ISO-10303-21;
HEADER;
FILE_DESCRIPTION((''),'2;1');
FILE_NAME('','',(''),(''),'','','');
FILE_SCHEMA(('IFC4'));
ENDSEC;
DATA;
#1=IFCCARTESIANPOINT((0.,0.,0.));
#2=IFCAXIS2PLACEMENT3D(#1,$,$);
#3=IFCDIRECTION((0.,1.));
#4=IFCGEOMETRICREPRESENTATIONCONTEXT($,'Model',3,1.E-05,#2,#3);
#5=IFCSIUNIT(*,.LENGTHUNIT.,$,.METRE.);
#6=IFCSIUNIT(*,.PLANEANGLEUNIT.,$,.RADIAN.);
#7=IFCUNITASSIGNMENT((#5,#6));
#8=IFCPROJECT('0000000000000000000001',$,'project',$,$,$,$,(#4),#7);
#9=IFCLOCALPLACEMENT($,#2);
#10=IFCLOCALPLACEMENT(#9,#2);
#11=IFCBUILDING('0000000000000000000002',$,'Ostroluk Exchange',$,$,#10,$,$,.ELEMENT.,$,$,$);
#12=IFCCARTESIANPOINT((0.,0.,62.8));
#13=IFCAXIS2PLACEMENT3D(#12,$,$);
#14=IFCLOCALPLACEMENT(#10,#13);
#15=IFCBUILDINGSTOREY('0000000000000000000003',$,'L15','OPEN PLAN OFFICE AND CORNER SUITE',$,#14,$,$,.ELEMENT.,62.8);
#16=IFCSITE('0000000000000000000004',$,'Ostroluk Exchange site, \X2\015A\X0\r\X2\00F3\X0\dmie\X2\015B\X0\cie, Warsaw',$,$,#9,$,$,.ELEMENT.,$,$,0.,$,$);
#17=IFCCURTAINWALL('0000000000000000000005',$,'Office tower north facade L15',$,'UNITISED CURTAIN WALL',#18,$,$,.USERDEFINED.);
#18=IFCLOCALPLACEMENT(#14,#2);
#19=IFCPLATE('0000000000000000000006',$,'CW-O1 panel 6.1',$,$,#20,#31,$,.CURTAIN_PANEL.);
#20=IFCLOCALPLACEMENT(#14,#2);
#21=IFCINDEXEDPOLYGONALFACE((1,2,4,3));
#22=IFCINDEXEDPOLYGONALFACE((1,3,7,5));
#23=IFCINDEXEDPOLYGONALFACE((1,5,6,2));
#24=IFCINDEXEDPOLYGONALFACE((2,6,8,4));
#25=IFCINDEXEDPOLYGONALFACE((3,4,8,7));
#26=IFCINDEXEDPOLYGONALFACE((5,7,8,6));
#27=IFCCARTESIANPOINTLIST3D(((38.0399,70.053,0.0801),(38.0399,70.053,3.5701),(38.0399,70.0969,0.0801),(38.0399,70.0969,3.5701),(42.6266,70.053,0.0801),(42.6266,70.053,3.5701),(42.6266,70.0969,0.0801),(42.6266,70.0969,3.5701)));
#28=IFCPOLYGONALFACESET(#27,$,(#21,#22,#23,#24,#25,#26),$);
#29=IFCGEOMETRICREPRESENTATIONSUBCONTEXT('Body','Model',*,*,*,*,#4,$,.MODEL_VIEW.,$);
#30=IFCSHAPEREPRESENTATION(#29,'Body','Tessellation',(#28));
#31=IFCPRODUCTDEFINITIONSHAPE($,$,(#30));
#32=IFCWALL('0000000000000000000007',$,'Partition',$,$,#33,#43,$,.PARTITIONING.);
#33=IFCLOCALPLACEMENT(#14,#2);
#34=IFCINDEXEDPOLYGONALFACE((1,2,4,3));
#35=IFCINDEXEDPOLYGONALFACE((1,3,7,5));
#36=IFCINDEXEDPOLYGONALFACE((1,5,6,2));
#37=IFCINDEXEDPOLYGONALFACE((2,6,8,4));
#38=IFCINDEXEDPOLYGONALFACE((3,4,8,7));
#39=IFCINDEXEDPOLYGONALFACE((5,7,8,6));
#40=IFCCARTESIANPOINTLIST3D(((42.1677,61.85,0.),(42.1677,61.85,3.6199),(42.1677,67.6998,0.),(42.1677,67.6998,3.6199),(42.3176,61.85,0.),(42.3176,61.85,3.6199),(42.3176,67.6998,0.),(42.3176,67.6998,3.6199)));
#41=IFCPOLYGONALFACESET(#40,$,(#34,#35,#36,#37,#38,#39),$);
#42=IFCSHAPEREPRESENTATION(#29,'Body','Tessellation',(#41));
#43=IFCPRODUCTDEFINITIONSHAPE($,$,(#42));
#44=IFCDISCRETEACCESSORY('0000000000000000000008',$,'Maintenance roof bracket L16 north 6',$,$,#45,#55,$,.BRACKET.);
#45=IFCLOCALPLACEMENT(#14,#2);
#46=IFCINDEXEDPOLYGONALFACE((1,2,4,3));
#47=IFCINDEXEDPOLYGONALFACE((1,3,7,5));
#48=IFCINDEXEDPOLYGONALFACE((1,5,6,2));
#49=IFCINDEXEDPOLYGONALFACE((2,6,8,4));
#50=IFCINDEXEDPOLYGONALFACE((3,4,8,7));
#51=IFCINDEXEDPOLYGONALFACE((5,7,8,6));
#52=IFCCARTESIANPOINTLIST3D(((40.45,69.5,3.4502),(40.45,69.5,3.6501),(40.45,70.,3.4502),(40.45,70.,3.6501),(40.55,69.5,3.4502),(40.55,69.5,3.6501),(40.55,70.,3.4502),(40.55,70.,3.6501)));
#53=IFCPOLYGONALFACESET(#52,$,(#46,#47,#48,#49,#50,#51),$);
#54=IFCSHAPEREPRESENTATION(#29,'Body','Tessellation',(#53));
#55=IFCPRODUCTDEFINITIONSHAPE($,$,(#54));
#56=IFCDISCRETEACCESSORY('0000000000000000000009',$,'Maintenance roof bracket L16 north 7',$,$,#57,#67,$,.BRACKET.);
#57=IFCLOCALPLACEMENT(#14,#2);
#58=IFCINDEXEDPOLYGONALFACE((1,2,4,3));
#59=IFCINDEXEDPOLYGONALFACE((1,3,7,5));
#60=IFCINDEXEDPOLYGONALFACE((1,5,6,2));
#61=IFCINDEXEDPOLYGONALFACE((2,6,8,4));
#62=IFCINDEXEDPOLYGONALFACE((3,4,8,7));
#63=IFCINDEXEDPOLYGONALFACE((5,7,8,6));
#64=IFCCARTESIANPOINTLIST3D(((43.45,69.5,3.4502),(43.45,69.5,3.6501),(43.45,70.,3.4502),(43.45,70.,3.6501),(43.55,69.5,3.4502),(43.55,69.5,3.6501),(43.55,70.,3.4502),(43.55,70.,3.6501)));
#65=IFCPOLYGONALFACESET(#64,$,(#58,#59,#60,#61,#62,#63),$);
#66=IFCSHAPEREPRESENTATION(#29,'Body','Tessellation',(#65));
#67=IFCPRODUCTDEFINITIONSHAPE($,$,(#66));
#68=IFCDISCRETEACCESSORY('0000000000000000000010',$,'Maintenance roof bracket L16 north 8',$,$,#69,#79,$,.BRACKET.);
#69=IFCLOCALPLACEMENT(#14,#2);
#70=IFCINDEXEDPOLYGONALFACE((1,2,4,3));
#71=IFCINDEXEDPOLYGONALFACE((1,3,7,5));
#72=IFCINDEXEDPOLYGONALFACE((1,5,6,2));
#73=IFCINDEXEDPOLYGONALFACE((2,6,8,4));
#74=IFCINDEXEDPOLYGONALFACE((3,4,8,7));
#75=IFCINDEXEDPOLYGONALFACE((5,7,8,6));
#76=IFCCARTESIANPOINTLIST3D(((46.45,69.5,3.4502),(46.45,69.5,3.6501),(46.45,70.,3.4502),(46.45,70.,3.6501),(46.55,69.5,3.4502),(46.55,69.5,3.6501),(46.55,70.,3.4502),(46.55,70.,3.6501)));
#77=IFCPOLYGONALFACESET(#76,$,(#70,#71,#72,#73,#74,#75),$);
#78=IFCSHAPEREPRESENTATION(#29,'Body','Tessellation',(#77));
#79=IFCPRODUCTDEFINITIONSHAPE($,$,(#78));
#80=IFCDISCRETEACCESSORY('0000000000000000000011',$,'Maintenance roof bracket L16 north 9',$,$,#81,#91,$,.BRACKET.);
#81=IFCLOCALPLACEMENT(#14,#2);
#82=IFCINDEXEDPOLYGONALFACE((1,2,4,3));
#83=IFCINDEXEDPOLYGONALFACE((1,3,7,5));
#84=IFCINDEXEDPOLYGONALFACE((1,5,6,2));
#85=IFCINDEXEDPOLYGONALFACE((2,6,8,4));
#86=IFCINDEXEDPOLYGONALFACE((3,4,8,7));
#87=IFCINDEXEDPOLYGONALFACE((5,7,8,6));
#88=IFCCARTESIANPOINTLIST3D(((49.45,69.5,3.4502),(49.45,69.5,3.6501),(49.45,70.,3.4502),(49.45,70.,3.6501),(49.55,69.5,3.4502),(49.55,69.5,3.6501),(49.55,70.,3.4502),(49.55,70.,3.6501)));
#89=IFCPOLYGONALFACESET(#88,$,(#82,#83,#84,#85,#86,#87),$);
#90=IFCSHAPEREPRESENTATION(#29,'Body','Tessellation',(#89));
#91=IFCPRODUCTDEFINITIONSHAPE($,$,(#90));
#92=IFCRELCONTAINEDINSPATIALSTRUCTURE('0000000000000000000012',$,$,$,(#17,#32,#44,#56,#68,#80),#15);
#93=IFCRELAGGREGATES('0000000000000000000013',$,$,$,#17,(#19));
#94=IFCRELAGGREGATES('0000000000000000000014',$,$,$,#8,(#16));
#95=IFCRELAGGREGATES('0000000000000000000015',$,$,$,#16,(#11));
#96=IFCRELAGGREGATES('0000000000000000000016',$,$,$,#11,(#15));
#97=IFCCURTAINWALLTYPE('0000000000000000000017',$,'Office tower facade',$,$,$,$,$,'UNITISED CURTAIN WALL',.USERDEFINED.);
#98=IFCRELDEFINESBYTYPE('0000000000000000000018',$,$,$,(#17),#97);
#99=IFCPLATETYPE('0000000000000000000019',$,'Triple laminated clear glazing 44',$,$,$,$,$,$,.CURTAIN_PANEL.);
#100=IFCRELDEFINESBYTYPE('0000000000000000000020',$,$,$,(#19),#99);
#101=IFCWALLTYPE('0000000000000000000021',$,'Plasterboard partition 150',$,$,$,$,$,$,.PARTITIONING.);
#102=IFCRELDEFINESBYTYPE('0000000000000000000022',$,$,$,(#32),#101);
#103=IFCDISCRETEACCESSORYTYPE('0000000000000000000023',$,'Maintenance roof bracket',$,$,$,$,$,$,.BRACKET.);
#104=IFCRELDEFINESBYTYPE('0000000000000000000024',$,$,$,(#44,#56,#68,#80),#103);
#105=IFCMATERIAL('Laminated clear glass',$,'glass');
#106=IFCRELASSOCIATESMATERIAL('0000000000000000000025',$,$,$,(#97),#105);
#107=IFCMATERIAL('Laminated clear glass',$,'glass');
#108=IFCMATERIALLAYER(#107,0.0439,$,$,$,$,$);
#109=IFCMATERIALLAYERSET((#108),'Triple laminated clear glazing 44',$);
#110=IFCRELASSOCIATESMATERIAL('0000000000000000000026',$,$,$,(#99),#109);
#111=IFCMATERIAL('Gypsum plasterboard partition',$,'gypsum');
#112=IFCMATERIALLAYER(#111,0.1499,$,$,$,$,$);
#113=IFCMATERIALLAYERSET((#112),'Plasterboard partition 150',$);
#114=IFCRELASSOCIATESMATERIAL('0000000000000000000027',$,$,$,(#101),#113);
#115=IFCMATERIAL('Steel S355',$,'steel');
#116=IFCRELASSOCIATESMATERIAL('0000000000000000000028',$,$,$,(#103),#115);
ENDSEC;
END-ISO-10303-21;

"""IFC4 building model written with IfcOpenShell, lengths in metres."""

from ifc_helpers import new_model, si_unit, direction, frame, frame_2d, origin, origin_2d, place, context, subcontext, project, spatial, rectangle, extrude, material, layer, layer_set, type_object, element, aggregate, save


model = new_model("IFC4")

# Units and contexts
model_context = context("Model", 3, precision=1e-05, world=origin(), true_north=direction((0.0, 1.0)))
body_context = subcontext(model_context, "Body", "Model", "MODEL_VIEW")
ifc_project = project(units=[si_unit("LENGTHUNIT", "METRE"), si_unit("PLANEANGLEUNIT", "RADIAN")], contexts=[model_context])

# Site, building, storey
site_placement = place(None, origin())
site = spatial("IfcSite", under=ifc_project, at=site_placement, Name="Ostroluk Exchange site, Śródmieście, Warsaw", CompositionType="ELEMENT", RefElevation=0.0)
building_placement = place(site_placement, origin())
building = spatial("IfcBuilding", under=site, at=building_placement, Name="Ostroluk Exchange", CompositionType="ELEMENT")
storey_placement = place(building_placement, frame((0.0, 0.0, 62.8)))
storey = spatial("IfcBuildingStorey", under=building, at=storey_placement, Name="L15", Description="OPEN PLAN OFFICE AND CORNER SUITE", CompositionType="ELEMENT", Elevation=62.8)

# Curtain wall, plate
ifc_material_1 = material(Name="Laminated clear glass", Category="glass")
curtain_wall_type = type_object("IfcCurtainWallType", Name="Office tower facade", ElementType="UNITISED CURTAIN WALL", PredefinedType="USERDEFINED", material=ifc_material_1)
curtain_wall_placement = place(storey_placement, origin())
curtain_wall = element("IfcCurtainWall", 1, at=curtain_wall_placement, inside=storey, type_object=curtain_wall_type, Name="Office tower north facade L15", ObjectType="UNITISED CURTAIN WALL", PredefinedType="USERDEFINED")
ifc_material_2 = material(Name="Laminated clear glass", Category="glass")
ifc_layer_1 = layer(ifc_material_2, 0.0439)
ifc_layer_set_1 = layer_set([ifc_layer_1], Name="Triple laminated clear glazing 44")
plate_type = type_object("IfcPlateType", Name="Triple laminated clear glazing 44", PredefinedType="CURTAIN_PANEL", material=ifc_layer_set_1)
plate_1_placement = place(storey_placement, frame((40.3333, 70.075, 0.0801), z_axis=(0.0, 0.0, 1.0), x_axis=(-1.0, 0.0, 0.0)))
plate_1 = element("IfcPlate", 2, at=plate_1_placement, type_object=plate_type, Name="CW-O1 panel 6.1", PredefinedType="CURTAIN_PANEL", context=body_context, shape_type="SweptSolid", body=[
    extrude(rectangle(XDim=4.5867, YDim=0.0439, at=origin_2d()), origin(), (0.0, 0.0, 1.0), 3.49),
])
aggregate(curtain_wall, [plate_1])

# Wall
ifc_material_3 = material(Name="Gypsum plasterboard partition", Category="gypsum")
ifc_layer_2 = layer(ifc_material_3, 0.1499)
ifc_layer_set_2 = layer_set([ifc_layer_2], Name="Plasterboard partition 150")
wall_type = type_object("IfcWallType", Name="Plasterboard partition 150", PredefinedType="PARTITIONING", material=ifc_layer_set_2)
wall_placement = place(storey_placement, frame((42.2427, 61.8501, 0.0), z_axis=(0.0, 0.0, 1.0), x_axis=(0.0, 1.0, 0.0)))
element("IfcWall", 3, at=wall_placement, inside=storey, type_object=wall_type, Name="Partition", PredefinedType="PARTITIONING", context=body_context, shape_type="SweptSolid", body=[
    extrude(rectangle(XDim=5.8499, YDim=0.1499, at=frame_2d((2.9248, 0.0))), origin(), (0.0, 0.0, 1.0), 3.6199),
])

# Discrete accessories
ifc_material_4 = material(Name="Steel S355", Category="steel")
discrete_accessory_type = type_object("IfcDiscreteAccessoryType", Name="Maintenance roof bracket", PredefinedType="BRACKET", material=ifc_material_4)
for number, where, z_axis, x_axis, name in (
    (4, (40.5, 69.75, 3.4502), (0.0, 0.0, 1.0), (1.0, 0.0, 0.0), "Maintenance roof bracket L16 north 6"),
    (5, (43.5, 69.75, 3.4502), (0.0, 0.0, 1.0), (1.0, 0.0, 0.0), "Maintenance roof bracket L16 north 7"),
    (6, (46.5, 69.75, 3.4502), (0.0, 0.0, 1.0), (1.0, 0.0, 0.0), "Maintenance roof bracket L16 north 8"),
    (7, (49.5, 69.75, 3.4502), (0.0, 0.0, 1.0), (1.0, 0.0, 0.0), "Maintenance roof bracket L16 north 9"),
):
    element("IfcDiscreteAccessory", number, at=place(storey_placement, frame(where, z_axis=z_axis, x_axis=x_axis)), inside=storey, type_object=discrete_accessory_type, Name=name, PredefinedType="BRACKET", context=body_context, shape_type="SweptSolid", body=[
        extrude(rectangle(XDim=0.1001, YDim=0.5, at=origin_2d()), origin(), (0.0, 0.0, 1.0), 0.2),
    ])

save(model, "model.ifc")
